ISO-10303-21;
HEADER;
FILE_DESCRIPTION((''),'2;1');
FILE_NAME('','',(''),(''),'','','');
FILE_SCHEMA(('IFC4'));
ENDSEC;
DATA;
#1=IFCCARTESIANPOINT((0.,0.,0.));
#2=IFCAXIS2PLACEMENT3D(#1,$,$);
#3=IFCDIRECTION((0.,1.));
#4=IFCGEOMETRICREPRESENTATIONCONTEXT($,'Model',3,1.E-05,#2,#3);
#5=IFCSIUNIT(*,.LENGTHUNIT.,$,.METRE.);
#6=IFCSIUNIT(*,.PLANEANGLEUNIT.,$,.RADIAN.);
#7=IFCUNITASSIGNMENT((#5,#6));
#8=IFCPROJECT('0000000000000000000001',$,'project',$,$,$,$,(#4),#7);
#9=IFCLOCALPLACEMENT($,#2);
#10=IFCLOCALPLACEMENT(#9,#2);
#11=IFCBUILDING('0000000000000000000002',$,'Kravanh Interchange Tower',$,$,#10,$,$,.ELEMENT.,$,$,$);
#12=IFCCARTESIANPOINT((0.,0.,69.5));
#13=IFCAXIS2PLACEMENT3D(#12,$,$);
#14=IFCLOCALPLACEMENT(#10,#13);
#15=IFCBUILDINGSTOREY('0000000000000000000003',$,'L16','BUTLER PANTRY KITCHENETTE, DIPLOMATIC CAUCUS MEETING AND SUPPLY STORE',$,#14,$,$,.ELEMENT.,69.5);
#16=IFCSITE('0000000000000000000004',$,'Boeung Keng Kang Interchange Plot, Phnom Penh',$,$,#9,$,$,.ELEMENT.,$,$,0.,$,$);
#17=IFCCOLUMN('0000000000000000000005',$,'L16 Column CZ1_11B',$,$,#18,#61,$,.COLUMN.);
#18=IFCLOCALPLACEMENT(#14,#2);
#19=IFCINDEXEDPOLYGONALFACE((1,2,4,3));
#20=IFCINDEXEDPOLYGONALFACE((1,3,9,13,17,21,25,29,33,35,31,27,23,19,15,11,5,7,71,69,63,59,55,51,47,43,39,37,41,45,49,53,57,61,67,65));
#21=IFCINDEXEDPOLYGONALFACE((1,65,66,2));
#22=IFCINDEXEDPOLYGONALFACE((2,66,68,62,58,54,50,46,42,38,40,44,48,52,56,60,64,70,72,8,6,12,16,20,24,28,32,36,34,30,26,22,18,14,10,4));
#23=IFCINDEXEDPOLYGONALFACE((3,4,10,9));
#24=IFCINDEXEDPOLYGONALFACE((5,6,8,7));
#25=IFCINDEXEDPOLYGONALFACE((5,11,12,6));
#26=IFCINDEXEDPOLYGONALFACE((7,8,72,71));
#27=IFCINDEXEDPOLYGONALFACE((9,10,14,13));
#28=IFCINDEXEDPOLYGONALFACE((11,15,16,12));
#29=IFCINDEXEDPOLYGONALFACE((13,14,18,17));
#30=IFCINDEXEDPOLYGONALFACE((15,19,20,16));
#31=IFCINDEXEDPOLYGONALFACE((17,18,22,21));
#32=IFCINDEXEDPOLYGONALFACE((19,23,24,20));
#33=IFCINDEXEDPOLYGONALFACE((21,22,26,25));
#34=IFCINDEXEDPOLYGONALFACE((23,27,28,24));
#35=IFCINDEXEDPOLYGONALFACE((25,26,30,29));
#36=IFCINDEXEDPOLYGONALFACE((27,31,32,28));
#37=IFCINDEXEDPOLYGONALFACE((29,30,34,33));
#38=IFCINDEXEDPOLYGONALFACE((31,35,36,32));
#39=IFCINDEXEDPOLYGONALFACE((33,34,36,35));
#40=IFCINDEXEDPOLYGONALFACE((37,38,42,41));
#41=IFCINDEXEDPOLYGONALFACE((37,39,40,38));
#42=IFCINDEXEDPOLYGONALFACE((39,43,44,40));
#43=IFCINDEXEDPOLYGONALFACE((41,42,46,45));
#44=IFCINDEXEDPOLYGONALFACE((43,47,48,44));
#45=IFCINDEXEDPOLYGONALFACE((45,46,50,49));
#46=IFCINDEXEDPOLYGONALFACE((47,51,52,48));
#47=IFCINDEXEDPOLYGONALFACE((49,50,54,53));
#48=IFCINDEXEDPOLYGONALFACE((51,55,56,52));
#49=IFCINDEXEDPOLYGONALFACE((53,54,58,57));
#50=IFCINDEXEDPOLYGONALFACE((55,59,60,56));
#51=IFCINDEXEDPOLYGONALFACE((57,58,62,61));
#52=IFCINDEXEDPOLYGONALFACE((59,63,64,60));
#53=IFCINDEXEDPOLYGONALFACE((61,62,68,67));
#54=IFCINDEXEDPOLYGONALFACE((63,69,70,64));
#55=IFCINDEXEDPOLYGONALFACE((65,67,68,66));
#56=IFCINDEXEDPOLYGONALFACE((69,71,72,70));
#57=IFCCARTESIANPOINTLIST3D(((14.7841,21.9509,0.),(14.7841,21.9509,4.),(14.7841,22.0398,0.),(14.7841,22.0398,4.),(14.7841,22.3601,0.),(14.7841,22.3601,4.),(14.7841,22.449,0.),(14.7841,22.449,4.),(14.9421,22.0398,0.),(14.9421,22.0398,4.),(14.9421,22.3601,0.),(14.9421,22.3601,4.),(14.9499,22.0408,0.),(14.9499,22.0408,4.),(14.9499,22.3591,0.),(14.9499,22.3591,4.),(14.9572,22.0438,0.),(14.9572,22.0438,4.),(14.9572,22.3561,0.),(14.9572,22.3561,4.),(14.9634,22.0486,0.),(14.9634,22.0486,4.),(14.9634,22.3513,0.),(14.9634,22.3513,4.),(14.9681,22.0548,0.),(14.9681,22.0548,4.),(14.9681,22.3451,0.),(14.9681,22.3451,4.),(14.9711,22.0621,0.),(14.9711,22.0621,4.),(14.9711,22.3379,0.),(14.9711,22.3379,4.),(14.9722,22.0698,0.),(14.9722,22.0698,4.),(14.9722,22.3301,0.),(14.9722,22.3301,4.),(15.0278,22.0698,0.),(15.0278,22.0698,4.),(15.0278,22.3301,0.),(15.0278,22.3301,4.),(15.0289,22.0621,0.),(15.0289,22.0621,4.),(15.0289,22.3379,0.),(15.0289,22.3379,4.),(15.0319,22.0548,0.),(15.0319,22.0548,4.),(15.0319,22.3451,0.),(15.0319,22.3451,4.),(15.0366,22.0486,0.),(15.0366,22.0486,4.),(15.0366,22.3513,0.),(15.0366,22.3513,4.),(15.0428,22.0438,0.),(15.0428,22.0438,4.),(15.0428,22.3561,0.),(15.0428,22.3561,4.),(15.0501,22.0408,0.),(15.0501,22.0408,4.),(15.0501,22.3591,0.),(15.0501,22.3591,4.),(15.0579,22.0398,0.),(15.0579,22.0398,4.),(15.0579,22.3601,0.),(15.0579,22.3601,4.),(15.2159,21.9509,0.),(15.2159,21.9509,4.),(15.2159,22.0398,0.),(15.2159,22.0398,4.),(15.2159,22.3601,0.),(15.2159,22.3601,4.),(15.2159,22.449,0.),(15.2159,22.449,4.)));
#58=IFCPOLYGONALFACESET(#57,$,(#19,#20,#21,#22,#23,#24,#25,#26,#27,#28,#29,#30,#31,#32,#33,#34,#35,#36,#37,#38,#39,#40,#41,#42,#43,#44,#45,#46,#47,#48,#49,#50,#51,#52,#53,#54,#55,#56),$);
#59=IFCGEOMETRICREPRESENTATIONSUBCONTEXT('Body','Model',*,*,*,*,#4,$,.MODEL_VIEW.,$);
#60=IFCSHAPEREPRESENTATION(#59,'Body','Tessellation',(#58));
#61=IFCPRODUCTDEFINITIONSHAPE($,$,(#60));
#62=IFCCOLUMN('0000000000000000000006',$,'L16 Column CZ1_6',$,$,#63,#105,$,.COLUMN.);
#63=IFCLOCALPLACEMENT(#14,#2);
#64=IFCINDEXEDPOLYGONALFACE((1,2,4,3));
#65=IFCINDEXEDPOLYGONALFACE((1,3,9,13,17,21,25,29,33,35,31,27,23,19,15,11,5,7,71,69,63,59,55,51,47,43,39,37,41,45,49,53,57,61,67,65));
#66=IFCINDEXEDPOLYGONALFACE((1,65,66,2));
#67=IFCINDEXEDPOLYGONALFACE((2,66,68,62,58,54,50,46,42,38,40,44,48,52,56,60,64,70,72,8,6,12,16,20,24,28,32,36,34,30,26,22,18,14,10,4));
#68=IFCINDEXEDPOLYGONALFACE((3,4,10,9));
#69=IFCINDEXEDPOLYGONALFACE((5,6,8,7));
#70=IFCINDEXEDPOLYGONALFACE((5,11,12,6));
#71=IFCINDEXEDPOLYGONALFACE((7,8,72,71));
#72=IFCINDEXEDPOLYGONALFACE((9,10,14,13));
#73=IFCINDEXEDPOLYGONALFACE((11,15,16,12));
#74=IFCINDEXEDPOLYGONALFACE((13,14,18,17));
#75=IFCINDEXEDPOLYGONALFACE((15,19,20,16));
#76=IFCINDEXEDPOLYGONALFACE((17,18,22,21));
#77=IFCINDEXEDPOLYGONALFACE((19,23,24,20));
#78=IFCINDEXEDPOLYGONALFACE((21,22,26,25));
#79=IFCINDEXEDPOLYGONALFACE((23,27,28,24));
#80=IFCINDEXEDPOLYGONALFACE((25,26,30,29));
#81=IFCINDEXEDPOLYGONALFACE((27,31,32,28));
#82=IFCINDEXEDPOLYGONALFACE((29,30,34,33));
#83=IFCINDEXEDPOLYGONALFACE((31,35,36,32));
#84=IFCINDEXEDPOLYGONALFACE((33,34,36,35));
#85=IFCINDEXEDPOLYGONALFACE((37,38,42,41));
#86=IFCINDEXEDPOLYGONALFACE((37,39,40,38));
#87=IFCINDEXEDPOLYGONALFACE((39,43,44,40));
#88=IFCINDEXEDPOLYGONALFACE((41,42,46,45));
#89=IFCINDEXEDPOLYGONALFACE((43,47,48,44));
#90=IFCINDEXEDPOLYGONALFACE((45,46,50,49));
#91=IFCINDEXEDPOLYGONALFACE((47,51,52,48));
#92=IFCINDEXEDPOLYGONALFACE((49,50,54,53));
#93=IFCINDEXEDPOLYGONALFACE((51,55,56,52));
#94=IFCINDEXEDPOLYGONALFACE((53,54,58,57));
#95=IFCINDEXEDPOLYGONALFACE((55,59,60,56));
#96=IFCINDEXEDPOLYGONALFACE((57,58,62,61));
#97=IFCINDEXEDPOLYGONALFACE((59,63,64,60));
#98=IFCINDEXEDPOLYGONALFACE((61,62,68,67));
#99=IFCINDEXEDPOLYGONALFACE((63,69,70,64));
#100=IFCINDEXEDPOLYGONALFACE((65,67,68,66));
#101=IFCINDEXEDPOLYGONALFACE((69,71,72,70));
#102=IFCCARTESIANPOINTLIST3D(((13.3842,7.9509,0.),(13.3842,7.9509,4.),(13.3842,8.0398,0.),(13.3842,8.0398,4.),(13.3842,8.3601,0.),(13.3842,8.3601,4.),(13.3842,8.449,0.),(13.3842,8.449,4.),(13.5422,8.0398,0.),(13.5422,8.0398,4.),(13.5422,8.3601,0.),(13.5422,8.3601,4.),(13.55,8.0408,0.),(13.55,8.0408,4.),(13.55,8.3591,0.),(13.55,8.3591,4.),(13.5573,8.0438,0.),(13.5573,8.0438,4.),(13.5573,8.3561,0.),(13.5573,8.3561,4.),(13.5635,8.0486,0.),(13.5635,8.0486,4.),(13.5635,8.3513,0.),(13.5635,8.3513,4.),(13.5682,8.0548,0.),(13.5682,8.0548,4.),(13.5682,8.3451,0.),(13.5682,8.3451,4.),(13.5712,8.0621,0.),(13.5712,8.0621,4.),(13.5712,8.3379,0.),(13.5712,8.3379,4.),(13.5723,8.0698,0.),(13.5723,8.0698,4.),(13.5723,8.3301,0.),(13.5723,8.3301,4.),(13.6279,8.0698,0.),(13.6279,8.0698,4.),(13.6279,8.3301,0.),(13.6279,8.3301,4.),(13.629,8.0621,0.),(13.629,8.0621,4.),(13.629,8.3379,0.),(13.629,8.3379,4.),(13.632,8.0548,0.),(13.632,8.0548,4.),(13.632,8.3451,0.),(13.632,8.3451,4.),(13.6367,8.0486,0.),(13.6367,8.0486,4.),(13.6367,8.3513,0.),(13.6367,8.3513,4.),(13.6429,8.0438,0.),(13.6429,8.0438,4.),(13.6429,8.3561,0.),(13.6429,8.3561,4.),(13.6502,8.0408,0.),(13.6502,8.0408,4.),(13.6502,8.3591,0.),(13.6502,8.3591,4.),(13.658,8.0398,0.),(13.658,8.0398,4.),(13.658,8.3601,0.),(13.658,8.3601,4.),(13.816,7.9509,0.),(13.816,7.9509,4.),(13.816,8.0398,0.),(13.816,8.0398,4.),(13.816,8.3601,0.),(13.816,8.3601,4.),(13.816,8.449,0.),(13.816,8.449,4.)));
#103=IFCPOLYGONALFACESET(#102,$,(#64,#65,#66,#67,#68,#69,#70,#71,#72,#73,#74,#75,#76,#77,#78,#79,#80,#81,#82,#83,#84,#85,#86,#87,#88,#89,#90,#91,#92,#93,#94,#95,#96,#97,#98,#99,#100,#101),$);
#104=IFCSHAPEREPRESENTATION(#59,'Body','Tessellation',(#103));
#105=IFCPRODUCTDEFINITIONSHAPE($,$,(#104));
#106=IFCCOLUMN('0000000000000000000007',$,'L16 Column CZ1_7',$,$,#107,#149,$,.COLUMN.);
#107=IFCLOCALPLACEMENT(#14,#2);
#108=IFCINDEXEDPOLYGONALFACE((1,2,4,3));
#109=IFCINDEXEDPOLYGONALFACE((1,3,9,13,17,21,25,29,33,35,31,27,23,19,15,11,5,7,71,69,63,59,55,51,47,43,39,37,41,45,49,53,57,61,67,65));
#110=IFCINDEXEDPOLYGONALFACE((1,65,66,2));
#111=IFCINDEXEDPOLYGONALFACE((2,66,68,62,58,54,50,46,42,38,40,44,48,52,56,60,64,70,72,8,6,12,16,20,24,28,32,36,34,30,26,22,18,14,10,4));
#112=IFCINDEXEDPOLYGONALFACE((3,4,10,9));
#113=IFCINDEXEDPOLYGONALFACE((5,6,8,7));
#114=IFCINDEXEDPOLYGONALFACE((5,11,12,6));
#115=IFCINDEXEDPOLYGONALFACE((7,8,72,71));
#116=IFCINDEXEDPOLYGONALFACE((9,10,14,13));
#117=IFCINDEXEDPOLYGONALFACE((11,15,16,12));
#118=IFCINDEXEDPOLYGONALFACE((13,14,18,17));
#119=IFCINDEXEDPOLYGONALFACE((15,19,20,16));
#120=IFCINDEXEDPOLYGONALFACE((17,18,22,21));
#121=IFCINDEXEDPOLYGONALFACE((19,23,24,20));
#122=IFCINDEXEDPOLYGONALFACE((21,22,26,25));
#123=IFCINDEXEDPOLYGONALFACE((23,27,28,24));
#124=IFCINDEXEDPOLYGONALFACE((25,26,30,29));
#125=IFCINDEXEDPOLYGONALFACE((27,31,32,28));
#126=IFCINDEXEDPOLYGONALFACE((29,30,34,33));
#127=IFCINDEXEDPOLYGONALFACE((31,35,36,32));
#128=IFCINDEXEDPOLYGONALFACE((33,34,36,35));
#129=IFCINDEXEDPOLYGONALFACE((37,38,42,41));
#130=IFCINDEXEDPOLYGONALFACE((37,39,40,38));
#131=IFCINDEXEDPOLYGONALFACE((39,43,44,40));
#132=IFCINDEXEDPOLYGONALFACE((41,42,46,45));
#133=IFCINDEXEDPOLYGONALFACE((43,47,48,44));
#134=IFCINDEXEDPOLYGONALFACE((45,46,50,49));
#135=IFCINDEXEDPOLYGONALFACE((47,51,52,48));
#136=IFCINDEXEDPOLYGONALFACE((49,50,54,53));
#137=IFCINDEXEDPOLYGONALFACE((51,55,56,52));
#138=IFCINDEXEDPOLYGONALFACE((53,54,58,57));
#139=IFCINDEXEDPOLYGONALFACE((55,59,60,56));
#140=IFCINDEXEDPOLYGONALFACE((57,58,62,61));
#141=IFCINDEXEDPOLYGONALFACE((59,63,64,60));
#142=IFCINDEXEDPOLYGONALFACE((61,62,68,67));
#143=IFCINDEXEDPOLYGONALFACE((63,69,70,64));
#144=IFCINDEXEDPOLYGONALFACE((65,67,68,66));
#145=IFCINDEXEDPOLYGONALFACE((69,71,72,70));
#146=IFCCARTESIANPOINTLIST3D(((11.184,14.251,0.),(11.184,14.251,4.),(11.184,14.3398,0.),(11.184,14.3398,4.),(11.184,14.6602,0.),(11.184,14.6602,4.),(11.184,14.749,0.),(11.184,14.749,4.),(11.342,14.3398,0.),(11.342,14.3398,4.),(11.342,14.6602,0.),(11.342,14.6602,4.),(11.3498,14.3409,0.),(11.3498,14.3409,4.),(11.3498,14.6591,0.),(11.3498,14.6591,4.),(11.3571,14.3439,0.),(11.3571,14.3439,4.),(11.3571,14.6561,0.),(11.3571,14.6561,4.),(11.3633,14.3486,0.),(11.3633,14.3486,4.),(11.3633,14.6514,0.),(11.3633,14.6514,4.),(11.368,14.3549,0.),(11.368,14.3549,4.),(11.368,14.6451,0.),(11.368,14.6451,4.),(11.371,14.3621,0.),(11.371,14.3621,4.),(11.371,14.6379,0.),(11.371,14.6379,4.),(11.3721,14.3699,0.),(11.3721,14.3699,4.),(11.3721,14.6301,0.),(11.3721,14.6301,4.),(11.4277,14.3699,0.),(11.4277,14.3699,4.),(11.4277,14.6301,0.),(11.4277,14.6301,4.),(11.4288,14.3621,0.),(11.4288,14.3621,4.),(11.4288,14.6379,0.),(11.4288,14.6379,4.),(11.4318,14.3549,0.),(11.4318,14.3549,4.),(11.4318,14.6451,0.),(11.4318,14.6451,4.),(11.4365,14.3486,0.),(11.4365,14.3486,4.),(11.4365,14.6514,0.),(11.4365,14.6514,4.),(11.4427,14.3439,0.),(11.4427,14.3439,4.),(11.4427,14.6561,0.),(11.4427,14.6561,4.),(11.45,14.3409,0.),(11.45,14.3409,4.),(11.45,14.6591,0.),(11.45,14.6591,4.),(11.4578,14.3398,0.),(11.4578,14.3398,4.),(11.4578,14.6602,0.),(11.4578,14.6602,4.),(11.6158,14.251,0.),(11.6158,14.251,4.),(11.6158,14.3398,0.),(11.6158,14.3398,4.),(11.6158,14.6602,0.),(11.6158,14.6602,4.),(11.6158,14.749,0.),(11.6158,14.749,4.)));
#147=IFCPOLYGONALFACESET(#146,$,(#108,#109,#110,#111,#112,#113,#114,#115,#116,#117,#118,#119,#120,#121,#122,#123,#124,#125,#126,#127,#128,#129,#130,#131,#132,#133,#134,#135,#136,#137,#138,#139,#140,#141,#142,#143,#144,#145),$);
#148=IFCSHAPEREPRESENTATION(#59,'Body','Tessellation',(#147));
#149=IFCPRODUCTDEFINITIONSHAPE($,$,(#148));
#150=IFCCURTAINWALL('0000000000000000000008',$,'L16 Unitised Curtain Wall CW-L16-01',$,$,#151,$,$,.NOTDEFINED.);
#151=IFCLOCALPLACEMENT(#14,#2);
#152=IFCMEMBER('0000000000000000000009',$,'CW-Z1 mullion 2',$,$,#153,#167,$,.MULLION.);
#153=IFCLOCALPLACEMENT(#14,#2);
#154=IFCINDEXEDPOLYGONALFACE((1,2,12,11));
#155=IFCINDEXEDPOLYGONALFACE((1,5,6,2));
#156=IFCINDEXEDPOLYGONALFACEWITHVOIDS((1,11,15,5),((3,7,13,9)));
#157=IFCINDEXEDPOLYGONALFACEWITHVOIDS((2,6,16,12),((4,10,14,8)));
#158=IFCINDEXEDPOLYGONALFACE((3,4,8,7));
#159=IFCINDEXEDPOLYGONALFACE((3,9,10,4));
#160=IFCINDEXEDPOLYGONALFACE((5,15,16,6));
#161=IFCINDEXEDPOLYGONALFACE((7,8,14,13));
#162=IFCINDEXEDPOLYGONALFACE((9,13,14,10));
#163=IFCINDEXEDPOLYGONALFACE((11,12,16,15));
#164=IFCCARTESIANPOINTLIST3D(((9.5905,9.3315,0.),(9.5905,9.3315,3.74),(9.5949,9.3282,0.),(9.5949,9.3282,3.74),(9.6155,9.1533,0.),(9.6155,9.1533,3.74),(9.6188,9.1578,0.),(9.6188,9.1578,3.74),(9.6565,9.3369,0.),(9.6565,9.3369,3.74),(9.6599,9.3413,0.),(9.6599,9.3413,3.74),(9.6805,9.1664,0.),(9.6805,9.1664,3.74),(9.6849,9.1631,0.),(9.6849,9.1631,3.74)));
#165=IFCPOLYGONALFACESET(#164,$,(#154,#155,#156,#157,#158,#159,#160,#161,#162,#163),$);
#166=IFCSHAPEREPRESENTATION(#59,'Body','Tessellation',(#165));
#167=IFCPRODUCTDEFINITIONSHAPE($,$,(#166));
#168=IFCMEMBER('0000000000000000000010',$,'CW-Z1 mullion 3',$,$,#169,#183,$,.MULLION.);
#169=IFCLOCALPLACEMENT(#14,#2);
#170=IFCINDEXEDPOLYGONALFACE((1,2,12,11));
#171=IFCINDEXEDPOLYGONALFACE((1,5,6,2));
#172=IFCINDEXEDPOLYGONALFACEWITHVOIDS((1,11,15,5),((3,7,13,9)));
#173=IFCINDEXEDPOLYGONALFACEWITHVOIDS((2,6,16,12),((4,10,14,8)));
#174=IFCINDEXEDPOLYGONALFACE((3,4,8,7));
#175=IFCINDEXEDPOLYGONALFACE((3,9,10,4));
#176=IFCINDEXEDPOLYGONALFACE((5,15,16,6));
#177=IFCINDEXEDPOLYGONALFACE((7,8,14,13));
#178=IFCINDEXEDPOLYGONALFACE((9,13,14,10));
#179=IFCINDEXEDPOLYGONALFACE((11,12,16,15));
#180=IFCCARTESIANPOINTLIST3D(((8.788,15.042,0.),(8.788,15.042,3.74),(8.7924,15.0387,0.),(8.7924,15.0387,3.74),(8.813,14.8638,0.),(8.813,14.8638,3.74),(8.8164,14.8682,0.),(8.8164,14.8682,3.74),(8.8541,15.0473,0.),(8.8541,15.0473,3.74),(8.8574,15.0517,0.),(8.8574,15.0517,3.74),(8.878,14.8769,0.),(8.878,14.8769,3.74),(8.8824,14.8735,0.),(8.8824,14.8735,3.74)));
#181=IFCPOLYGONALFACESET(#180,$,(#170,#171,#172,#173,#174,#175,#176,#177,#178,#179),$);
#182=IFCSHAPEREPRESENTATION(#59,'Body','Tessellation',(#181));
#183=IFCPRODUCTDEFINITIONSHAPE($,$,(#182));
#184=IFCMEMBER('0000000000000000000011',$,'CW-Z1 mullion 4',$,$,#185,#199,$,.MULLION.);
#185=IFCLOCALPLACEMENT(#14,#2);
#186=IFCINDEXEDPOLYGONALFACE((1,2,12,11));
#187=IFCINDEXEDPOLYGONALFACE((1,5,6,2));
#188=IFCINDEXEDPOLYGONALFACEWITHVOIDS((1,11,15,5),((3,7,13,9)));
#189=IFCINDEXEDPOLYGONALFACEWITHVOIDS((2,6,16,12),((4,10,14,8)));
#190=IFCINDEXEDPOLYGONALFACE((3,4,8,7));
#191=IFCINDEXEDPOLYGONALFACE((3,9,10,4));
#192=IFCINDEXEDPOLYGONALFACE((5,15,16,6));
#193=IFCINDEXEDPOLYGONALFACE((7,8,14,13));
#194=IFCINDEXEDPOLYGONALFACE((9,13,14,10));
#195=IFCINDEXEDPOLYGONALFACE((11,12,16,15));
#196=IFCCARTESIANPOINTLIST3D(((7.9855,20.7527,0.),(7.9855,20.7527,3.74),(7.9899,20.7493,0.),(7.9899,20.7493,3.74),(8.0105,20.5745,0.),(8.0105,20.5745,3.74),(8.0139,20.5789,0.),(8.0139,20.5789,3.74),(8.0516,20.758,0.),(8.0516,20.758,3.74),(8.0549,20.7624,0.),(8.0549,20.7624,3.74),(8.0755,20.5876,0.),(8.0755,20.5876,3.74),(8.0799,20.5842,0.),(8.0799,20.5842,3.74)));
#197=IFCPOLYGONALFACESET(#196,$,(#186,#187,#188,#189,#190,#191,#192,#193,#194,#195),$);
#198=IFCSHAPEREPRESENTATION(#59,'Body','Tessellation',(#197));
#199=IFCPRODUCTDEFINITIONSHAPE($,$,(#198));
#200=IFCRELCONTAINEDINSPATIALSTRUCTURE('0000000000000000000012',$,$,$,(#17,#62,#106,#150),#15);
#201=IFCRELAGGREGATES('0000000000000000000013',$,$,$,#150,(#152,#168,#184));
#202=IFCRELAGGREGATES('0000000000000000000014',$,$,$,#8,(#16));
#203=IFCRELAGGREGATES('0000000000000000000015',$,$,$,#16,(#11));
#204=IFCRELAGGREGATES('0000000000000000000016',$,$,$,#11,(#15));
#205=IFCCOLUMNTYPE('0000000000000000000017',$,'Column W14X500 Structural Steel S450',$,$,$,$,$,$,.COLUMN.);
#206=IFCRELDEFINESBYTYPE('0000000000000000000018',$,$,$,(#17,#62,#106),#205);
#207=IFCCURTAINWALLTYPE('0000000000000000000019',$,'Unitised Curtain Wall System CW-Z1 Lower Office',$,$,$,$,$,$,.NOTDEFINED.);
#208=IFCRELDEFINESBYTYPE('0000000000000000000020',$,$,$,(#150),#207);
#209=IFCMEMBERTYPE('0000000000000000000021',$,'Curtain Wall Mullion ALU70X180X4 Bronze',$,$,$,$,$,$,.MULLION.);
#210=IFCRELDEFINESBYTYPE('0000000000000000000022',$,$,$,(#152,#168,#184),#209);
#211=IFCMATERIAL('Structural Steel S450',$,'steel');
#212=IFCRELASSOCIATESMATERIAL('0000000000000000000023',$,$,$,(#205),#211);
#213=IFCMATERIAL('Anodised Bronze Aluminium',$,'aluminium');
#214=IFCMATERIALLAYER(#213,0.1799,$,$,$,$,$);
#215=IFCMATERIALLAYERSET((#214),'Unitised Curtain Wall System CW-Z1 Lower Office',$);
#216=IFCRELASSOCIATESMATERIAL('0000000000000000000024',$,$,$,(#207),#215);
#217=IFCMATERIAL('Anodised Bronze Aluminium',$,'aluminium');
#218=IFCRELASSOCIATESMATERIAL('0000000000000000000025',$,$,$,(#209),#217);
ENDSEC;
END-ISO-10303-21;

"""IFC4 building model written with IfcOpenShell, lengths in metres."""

from ifc_helpers import new_model, si_unit, direction, frame, origin, origin_2d, place, context, subcontext, project, spatial, hollow_rectangle, i_section, extrude, material, layer, layer_set, material_profile, profile_set, type_object, element, aggregate, save


model = new_model("IFC4")

# Units and contexts
model_context = context("Model", 3, precision=1e-05, world=origin(), true_north=direction((0.0, 1.0)))
body_context = subcontext(model_context, "Body", "Model", "MODEL_VIEW")
ifc_project = project(units=[si_unit("LENGTHUNIT", "METRE"), si_unit("PLANEANGLEUNIT", "RADIAN")], contexts=[model_context])

# Site, building, storey
site_placement = place(None, origin())
site = spatial("IfcSite", under=ifc_project, at=site_placement, Name="Boeung Keng Kang Interchange Plot, Phnom Penh", CompositionType="ELEMENT", RefElevation=0.0)
building_placement = place(site_placement, origin())
building = spatial("IfcBuilding", under=site, at=building_placement, Name="Kravanh Interchange Tower", CompositionType="ELEMENT")
storey_placement = place(building_placement, frame((0.0, 0.0, 69.5)))
storey = spatial("IfcBuildingStorey", under=building, at=storey_placement, Name="L16", Description="BUTLER PANTRY KITCHENETTE, DIPLOMATIC CAUCUS MEETING AND SUPPLY STORE", CompositionType="ELEMENT", Elevation=69.5)

# Columns
ifc_material_1 = material(Name="Structural Steel S450", Category="steel")
ifc_material_profile_1 = material_profile(ifc_material_1, i_section(OverallWidth=0.4319, OverallDepth=0.498, WebThickness=0.0557, FlangeThickness=0.0889, FilletRadius=0.03, at=origin_2d()), Name="W14X500")
ifc_profile_set_1 = profile_set([ifc_material_profile_1], Name="Structural Steel S450")
column_type = type_object("IfcColumnType", Name="Column W14X500 Structural Steel S450", PredefinedType="COLUMN", material=ifc_profile_set_1)
for number, where, z_axis, x_axis, name in (
    (1, (15.0, 22.2, 0.0), (0.0, 0.0, 1.0), (1.0, 0.0, 0.0), "L16 Column CZ1_11B"),
    (2, (13.6001, 8.2, 0.0), (0.0, 0.0, 1.0), (1.0, 0.0, 0.0), "L16 Column CZ1_6"),
    (3, (11.3999, 14.5, 0.0), (0.0, 0.0, 1.0), (1.0, 0.0, 0.0), "L16 Column CZ1_7"),
):
    element("IfcColumn", number, at=place(storey_placement, frame(where, z_axis=z_axis, x_axis=x_axis)), inside=storey, type_object=column_type, Name=name, PredefinedType="COLUMN", context=body_context, shape_type="SweptSolid", body=[
        extrude(i_section(OverallWidth=0.4319, OverallDepth=0.498, WebThickness=0.0557, FlangeThickness=0.0889, FilletRadius=0.03, at=origin_2d()), origin(), (0.0, 0.0, 1.0), 4.0),
    ])

# Curtain wall, members
ifc_material_2 = material(Name="Anodised Bronze Aluminium", Category="aluminium")
ifc_layer_1 = layer(ifc_material_2, 0.1799)
ifc_layer_set_1 = layer_set([ifc_layer_1], Name="Unitised Curtain Wall System CW-Z1 Lower Office")
curtain_wall_type = type_object("IfcCurtainWallType", Name="Unitised Curtain Wall System CW-Z1 Lower Office", PredefinedType="NOTDEFINED", material=ifc_layer_set_1)
curtain_wall_placement = place(storey_placement, origin())
curtain_wall = element("IfcCurtainWall", 4, at=curtain_wall_placement, inside=storey, type_object=curtain_wall_type, Name="L16 Unitised Curtain Wall CW-L16-01", PredefinedType="NOTDEFINED")
ifc_material_3 = material(Name="Anodised Bronze Aluminium", Category="aluminium")
ifc_material_profile_2 = material_profile(ifc_material_3, hollow_rectangle(XDim=0.0701, YDim=0.1799, WallThickness=0.0039, at=origin_2d()), Name="ALU70X180X4")
ifc_profile_set_2 = profile_set([ifc_material_profile_2], Name="Anodised Bronze Aluminium")
member_type_1 = type_object("IfcMemberType", Name="Curtain Wall Mullion ALU70X180X4 Bronze", PredefinedType="MULLION", material=ifc_profile_set_2)
member_1_placement = place(storey_placement, frame((9.6377, 9.2473, 0.0), z_axis=(0.0, 0.0, 1.0), x_axis=(-0.990268, -0.139177, 0.0)))
member_1 = element("IfcMember", 5, at=member_1_placement, type_object=member_type_1, Name="CW-Z1 mullion 2", PredefinedType="MULLION", context=body_context, shape_type="SweptSolid", body=[
    extrude(hollow_rectangle(XDim=0.0701, YDim=0.1799, WallThickness=0.0039, at=origin_2d()), origin(), (0.0, 0.0, 1.0), 3.74),
])
member_2_placement = place(storey_placement, frame((8.8352, 14.9578, 0.0), z_axis=(0.0, 0.0, 1.0), x_axis=(-0.990268, -0.139177, 0.0)))
member_2 = element("IfcMember", 6, at=member_2_placement, type_object=member_type_1, Name="CW-Z1 mullion 3", PredefinedType="MULLION", context=body_context, shape_type="SweptSolid", body=[
    extrude(hollow_rectangle(XDim=0.0701, YDim=0.1799, WallThickness=0.0039, at=origin_2d()), origin(), (0.0, 0.0, 1.0), 3.74),
])
member_3_placement = place(storey_placement, frame((8.0327, 20.6685, 0.0), z_axis=(0.0, 0.0, 1.0), x_axis=(-0.990268, -0.139177, 0.0)))
member_3 = element("IfcMember", 7, at=member_3_placement, type_object=member_type_1, Name="CW-Z1 mullion 4", PredefinedType="MULLION", context=body_context, shape_type="SweptSolid", body=[
    extrude(hollow_rectangle(XDim=0.0701, YDim=0.1799, WallThickness=0.0039, at=origin_2d()), origin(), (0.0, 0.0, 1.0), 3.74),
])

aggregate(curtain_wall, [member_1, member_2, member_3])

save(model, "model.ifc")
